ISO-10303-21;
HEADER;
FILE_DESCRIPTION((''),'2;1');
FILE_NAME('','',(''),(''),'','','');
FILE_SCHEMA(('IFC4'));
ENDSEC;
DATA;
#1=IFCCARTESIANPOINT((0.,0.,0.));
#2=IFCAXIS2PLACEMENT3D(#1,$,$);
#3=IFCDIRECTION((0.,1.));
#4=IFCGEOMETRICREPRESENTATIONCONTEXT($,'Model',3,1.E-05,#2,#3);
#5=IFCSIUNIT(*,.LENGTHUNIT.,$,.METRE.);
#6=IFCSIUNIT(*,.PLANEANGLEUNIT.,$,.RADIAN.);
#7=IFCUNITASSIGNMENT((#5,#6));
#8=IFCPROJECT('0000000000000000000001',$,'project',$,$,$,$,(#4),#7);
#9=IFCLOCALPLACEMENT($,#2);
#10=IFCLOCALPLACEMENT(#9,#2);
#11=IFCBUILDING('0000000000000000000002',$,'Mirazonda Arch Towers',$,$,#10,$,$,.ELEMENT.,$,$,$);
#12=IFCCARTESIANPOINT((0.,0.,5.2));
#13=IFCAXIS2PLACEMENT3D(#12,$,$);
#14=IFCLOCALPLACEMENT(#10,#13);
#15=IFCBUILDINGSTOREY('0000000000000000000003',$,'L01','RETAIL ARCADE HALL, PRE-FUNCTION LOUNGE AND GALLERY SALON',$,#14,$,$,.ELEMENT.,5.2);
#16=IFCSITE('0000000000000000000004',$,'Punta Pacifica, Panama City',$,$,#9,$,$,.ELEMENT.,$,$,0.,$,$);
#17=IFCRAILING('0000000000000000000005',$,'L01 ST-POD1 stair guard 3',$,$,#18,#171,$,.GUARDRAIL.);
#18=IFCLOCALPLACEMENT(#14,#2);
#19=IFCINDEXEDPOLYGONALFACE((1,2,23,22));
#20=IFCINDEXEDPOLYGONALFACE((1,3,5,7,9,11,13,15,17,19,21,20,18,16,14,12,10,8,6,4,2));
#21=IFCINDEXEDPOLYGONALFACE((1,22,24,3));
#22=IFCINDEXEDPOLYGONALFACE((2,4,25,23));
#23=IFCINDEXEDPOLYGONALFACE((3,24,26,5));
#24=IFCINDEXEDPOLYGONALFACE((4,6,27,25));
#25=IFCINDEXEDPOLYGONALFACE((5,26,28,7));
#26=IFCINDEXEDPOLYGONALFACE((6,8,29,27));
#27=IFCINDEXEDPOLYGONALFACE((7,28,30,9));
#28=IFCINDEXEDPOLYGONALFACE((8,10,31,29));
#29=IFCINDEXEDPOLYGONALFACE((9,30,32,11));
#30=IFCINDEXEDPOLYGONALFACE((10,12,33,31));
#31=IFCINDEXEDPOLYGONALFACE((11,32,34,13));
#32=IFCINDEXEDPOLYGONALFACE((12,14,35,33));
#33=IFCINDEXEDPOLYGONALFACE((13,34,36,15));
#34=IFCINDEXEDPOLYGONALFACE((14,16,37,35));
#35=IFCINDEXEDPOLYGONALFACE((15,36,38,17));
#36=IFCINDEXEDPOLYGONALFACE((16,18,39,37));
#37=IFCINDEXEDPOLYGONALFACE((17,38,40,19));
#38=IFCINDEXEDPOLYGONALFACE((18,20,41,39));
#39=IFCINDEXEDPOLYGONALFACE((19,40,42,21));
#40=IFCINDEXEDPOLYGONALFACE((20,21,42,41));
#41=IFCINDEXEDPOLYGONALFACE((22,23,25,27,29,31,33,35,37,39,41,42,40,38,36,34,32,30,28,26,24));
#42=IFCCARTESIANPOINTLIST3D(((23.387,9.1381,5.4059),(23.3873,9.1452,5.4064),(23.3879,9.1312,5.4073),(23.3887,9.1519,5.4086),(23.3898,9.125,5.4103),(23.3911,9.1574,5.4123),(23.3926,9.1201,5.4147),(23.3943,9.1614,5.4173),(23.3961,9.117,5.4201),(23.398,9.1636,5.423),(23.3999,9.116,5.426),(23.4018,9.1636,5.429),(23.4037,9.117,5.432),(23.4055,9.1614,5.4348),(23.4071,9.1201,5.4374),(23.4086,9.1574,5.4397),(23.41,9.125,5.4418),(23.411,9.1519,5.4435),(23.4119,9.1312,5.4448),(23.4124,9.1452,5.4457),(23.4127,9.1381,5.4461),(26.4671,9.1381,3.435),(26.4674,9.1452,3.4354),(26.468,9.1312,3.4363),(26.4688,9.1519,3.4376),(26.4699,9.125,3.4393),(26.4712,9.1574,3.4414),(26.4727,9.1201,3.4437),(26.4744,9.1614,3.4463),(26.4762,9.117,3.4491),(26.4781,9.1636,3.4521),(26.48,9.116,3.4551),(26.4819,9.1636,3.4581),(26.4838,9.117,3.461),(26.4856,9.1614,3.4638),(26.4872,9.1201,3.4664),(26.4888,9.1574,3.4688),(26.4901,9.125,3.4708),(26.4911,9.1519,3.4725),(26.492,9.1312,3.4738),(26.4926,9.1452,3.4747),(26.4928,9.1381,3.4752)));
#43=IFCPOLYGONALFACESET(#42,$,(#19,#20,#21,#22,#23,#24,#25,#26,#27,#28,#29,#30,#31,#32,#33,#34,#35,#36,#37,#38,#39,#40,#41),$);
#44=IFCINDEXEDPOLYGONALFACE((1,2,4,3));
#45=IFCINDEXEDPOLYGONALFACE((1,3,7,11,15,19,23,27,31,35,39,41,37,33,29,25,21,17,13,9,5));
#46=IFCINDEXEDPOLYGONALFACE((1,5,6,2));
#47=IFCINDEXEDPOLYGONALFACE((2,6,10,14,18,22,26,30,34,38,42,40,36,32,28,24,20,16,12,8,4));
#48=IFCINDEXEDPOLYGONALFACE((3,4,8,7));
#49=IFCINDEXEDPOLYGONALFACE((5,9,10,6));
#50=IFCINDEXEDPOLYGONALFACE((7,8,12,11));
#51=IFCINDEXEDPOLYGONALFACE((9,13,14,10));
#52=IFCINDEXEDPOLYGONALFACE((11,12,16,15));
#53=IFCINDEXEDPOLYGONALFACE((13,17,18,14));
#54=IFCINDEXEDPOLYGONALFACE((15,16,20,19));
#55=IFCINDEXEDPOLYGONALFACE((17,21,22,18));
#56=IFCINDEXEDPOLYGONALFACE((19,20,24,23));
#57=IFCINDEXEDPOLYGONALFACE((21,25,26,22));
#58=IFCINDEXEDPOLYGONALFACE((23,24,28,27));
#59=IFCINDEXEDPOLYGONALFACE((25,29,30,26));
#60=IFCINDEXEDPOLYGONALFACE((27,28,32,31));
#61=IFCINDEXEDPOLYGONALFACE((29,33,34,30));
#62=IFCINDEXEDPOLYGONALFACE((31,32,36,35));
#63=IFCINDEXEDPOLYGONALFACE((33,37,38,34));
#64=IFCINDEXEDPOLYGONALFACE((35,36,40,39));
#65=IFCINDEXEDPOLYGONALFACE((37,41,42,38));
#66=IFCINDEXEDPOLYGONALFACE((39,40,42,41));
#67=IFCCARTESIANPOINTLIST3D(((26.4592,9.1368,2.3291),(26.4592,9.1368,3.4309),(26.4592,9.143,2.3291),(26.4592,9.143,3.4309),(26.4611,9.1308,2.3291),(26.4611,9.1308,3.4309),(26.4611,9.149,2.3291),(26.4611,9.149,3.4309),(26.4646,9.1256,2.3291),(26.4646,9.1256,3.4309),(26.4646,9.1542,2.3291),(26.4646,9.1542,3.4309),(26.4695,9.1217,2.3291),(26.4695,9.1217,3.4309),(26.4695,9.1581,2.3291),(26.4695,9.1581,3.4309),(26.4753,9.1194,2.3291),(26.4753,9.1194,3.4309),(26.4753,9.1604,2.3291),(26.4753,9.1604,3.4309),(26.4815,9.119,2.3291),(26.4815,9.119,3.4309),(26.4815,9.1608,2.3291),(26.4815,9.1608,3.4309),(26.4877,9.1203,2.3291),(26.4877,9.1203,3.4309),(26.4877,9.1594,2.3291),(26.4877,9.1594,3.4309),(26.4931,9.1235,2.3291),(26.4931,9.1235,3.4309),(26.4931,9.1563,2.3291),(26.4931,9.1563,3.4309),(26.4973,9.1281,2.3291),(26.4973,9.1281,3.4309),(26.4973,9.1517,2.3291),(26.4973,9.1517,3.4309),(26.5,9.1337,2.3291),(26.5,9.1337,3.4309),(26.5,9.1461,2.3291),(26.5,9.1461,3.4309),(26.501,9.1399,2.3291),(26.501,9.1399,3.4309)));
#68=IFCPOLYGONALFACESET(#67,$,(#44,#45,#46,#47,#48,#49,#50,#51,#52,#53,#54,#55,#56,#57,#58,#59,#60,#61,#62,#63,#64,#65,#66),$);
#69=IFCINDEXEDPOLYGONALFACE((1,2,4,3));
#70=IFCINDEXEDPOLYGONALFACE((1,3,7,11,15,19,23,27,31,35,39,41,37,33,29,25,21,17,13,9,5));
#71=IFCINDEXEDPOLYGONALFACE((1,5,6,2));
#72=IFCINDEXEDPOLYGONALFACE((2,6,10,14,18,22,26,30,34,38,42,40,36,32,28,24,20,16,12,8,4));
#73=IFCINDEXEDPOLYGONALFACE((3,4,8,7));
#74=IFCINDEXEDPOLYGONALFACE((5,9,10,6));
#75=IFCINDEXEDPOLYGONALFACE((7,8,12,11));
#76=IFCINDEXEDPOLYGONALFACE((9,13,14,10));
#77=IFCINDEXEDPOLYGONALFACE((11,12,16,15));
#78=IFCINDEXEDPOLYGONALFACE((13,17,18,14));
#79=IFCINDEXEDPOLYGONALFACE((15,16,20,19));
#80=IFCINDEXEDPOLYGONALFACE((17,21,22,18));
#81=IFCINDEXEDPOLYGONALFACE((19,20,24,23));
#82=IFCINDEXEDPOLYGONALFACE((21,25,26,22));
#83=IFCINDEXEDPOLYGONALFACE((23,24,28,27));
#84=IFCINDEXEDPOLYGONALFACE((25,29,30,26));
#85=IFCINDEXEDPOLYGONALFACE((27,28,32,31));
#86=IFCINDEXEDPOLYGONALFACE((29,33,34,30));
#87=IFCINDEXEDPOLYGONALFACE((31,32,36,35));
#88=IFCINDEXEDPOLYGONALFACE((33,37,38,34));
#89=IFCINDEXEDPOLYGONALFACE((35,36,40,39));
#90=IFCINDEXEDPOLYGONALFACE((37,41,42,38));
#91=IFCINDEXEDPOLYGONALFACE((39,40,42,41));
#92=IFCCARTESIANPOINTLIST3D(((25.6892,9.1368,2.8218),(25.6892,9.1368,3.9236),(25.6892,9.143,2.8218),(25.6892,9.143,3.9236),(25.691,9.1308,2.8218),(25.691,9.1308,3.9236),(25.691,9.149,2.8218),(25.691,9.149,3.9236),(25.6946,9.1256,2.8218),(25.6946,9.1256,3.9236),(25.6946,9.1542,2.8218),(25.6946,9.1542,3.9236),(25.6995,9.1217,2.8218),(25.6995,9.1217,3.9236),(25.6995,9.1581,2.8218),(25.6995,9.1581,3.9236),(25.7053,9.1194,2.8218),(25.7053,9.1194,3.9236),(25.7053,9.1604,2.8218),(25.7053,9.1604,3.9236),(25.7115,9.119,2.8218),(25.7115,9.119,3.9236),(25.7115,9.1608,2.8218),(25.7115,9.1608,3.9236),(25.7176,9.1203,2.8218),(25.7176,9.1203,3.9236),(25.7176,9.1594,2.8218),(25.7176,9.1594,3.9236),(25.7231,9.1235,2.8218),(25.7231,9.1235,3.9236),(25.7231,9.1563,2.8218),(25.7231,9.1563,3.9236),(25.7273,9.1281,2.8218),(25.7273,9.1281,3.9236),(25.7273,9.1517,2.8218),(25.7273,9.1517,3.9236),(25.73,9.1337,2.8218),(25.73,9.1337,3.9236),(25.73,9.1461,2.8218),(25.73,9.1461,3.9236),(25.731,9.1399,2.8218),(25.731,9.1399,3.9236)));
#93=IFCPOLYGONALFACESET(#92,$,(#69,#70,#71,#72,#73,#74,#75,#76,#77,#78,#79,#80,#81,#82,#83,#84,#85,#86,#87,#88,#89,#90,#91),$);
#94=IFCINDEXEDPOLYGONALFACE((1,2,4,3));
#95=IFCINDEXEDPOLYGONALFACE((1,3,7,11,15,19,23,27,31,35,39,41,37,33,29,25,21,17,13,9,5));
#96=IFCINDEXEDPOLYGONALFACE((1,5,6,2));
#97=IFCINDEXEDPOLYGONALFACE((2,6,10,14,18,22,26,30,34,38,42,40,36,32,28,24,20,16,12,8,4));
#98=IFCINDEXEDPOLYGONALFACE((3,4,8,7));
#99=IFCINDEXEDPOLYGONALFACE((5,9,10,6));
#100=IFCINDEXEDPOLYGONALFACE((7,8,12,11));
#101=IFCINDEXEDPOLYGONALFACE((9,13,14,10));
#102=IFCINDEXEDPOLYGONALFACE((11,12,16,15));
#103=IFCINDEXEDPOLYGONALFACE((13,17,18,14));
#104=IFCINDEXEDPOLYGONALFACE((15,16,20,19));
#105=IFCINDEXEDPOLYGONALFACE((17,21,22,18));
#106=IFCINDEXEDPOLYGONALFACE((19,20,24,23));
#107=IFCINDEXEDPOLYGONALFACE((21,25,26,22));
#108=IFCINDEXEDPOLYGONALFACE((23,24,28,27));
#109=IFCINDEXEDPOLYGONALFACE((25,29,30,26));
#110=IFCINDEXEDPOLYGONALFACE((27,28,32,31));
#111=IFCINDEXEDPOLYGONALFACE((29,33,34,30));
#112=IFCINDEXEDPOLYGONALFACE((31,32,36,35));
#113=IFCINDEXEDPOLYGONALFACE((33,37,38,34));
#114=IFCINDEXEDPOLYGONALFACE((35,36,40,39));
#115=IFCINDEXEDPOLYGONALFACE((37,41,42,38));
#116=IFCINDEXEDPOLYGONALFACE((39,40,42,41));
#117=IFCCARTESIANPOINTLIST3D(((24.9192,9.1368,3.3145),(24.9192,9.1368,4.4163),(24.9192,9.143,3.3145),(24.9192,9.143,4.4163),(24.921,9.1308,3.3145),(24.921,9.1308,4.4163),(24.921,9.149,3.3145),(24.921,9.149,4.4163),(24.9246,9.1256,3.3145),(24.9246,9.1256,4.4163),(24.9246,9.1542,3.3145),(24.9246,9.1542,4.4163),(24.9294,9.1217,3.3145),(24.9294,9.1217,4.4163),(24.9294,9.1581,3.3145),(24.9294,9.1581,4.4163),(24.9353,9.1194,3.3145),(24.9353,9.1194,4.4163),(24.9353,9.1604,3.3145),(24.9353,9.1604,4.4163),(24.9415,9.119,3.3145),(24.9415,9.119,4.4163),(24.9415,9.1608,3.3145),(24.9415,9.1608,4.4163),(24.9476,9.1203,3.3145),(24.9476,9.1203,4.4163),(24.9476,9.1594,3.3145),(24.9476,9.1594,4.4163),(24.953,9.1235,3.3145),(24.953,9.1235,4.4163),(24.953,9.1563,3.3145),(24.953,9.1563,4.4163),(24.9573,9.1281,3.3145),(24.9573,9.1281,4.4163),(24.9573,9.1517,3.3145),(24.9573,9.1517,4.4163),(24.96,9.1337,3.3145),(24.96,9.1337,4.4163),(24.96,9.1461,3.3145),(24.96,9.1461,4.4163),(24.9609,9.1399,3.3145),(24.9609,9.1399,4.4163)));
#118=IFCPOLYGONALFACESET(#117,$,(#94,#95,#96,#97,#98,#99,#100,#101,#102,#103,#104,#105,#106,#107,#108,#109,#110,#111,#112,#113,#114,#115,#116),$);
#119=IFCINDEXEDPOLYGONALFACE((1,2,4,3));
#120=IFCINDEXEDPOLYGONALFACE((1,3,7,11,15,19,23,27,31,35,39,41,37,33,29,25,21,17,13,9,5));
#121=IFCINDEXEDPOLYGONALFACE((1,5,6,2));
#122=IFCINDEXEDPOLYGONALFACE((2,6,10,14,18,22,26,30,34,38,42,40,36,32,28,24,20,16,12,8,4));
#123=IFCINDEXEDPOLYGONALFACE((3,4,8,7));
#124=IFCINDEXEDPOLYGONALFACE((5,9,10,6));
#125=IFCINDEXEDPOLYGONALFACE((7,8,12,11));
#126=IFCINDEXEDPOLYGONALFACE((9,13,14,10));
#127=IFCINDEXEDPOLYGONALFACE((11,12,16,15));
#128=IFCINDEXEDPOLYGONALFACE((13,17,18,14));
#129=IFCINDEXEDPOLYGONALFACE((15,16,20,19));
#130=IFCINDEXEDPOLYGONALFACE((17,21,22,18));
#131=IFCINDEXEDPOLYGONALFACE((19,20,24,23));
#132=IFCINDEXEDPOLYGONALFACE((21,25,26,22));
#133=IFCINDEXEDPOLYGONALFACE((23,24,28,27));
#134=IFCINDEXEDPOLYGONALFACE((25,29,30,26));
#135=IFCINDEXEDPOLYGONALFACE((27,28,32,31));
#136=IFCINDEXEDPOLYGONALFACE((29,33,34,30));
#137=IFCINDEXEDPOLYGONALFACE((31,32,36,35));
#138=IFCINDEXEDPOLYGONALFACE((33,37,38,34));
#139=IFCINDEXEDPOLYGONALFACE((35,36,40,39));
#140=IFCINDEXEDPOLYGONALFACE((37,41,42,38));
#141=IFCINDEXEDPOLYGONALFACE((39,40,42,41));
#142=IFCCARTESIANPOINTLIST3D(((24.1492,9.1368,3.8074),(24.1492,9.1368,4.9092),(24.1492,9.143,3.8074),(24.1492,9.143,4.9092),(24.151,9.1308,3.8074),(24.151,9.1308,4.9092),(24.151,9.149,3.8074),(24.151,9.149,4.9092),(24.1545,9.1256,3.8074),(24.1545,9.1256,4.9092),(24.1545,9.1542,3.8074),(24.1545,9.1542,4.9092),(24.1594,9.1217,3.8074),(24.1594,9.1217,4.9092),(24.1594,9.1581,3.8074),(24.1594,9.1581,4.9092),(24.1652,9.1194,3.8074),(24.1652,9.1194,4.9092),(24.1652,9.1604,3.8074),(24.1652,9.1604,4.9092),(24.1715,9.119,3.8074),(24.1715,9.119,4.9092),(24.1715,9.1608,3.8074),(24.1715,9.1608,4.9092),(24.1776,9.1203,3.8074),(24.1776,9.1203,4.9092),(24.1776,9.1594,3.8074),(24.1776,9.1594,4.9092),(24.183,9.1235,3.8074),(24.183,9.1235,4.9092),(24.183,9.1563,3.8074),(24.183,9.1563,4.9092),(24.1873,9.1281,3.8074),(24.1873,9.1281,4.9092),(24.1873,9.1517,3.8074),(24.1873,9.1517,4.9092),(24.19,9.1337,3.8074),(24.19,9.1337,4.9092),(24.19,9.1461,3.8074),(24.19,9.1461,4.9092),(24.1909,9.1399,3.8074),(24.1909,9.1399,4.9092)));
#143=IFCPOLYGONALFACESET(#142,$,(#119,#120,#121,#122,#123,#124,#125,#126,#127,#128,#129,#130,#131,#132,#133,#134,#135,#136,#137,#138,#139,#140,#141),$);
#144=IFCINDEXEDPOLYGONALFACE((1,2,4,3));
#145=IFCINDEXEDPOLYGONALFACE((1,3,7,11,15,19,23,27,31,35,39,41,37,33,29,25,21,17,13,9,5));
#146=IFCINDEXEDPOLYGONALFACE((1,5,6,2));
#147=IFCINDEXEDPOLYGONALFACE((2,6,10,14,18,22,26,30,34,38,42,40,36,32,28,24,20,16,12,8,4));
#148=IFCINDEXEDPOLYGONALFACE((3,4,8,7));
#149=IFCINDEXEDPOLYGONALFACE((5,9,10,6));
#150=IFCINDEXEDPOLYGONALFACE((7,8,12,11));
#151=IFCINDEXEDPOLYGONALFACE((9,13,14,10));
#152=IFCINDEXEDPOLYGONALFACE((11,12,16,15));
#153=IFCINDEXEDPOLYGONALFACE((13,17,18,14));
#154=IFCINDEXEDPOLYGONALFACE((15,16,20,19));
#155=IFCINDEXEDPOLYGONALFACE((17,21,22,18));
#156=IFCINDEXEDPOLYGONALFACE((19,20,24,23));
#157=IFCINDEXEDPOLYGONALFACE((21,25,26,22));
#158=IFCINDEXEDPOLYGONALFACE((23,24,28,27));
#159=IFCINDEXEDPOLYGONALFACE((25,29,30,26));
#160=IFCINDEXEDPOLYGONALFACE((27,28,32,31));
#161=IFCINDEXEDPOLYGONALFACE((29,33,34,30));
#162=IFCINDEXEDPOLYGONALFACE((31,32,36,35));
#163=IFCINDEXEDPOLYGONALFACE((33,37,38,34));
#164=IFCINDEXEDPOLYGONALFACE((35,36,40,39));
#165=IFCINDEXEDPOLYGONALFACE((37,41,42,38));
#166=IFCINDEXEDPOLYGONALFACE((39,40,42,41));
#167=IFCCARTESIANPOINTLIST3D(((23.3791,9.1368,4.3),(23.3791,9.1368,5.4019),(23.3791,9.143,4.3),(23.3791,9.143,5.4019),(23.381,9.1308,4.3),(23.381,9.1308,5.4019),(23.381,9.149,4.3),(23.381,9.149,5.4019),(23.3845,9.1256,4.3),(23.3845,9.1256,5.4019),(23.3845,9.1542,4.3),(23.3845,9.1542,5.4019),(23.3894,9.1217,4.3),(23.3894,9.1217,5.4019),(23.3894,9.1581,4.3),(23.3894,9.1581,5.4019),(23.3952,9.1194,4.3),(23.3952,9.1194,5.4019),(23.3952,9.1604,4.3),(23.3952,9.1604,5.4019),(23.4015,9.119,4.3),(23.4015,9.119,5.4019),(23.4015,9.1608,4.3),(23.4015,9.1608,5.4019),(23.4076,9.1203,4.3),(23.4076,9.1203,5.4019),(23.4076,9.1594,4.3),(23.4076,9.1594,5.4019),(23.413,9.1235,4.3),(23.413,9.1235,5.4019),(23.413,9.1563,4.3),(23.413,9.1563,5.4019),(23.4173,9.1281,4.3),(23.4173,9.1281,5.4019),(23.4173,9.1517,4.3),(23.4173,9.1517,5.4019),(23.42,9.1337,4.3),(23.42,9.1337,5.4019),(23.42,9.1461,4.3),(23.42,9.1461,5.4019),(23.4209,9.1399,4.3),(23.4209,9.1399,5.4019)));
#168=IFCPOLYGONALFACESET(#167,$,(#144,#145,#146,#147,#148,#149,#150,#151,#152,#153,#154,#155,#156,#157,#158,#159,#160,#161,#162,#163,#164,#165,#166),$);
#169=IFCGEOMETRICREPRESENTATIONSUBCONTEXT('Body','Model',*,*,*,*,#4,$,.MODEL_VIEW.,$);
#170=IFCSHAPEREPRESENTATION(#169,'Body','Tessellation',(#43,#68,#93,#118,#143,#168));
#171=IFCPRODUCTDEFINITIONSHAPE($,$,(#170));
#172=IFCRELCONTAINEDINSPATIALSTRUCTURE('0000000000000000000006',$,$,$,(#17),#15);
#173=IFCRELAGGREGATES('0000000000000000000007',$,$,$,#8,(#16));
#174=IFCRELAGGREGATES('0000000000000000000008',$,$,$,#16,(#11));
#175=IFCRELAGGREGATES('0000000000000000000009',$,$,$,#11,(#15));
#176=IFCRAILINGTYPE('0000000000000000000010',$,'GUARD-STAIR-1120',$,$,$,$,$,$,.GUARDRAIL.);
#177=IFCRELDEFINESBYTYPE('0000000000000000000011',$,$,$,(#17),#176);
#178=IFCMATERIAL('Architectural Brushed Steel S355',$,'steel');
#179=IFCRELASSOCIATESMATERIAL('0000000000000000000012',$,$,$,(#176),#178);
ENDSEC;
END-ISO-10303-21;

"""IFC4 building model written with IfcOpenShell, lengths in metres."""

from ifc_helpers import new_model, si_unit, direction, frame, origin, origin_2d, place, context, subcontext, project, spatial, circle, extrude, material, type_object, element, save


model = new_model("IFC4")

# Units and contexts
model_context = context("Model", 3, precision=1e-05, world=origin(), true_north=direction((0.0, 1.0)))
body_context = subcontext(model_context, "Body", "Model", "MODEL_VIEW")
ifc_project = project(units=[si_unit("LENGTHUNIT", "METRE"), si_unit("PLANEANGLEUNIT", "RADIAN")], contexts=[model_context])

# Site, building, storey
site_placement = place(None, origin())
site = spatial("IfcSite", under=ifc_project, at=site_placement, Name="Punta Pacifica, Panama City", CompositionType="ELEMENT", RefElevation=0.0)
building_placement = place(site_placement, origin())
building = spatial("IfcBuilding", under=site, at=building_placement, Name="Mirazonda Arch Towers", CompositionType="ELEMENT")
storey_placement = place(building_placement, frame((0.0, 0.0, 5.2)))
storey = spatial("IfcBuildingStorey", under=building, at=storey_placement, Name="L01", Description="RETAIL ARCADE HALL, PRE-FUNCTION LOUNGE AND GALLERY SALON", CompositionType="ELEMENT", Elevation=5.2)

# Railing
ifc_material_1 = material(Name="Architectural Brushed Steel S355", Category="steel")
railing_type_1 = type_object("IfcRailingType", Name="GUARD-STAIR-1120", PredefinedType="GUARDRAIL", material=ifc_material_1)
railing_1_placement = place(storey_placement, frame((26.48, 9.1399, 2.3291)))
element("IfcRailing", 1, at=railing_1_placement, inside=storey, type_object=railing_type_1, Name="L01 ST-POD1 stair guard 3", PredefinedType="GUARDRAIL", context=body_context, shape_type="SweptSolid", body=[
    extrude(circle(Radius=0.0239, at=origin_2d()), frame((0.0, 0.0, 1.126), z_axis=(-0.842309, 0.0, 0.538995), x_axis=(0.0, -1.0, 0.0)), (0.0, 0.0, 1.0), 3.6567),
    extrude(circle(Radius=0.021, at=origin_2d()), origin(), (0.0, 0.0, 1.0), 1.1018),
    extrude(circle(Radius=0.021, at=origin_2d()), frame((-0.77, 0.0, 0.4927)), (0.0, 0.0, 1.0), 1.1018),
    extrude(circle(Radius=0.021, at=origin_2d()), frame((-1.54, 0.0, 0.9854)), (0.0, 0.0, 1.0), 1.1018),
    extrude(circle(Radius=0.021, at=origin_2d()), frame((-2.3101, 0.0, 1.4783)), (0.0, 0.0, 1.0), 1.1018),
    extrude(circle(Radius=0.021, at=origin_2d()), frame((-3.0801, 0.0, 1.9709)), (0.0, 0.0, 1.0), 1.1018),
])

save(model, "model.ifc")
